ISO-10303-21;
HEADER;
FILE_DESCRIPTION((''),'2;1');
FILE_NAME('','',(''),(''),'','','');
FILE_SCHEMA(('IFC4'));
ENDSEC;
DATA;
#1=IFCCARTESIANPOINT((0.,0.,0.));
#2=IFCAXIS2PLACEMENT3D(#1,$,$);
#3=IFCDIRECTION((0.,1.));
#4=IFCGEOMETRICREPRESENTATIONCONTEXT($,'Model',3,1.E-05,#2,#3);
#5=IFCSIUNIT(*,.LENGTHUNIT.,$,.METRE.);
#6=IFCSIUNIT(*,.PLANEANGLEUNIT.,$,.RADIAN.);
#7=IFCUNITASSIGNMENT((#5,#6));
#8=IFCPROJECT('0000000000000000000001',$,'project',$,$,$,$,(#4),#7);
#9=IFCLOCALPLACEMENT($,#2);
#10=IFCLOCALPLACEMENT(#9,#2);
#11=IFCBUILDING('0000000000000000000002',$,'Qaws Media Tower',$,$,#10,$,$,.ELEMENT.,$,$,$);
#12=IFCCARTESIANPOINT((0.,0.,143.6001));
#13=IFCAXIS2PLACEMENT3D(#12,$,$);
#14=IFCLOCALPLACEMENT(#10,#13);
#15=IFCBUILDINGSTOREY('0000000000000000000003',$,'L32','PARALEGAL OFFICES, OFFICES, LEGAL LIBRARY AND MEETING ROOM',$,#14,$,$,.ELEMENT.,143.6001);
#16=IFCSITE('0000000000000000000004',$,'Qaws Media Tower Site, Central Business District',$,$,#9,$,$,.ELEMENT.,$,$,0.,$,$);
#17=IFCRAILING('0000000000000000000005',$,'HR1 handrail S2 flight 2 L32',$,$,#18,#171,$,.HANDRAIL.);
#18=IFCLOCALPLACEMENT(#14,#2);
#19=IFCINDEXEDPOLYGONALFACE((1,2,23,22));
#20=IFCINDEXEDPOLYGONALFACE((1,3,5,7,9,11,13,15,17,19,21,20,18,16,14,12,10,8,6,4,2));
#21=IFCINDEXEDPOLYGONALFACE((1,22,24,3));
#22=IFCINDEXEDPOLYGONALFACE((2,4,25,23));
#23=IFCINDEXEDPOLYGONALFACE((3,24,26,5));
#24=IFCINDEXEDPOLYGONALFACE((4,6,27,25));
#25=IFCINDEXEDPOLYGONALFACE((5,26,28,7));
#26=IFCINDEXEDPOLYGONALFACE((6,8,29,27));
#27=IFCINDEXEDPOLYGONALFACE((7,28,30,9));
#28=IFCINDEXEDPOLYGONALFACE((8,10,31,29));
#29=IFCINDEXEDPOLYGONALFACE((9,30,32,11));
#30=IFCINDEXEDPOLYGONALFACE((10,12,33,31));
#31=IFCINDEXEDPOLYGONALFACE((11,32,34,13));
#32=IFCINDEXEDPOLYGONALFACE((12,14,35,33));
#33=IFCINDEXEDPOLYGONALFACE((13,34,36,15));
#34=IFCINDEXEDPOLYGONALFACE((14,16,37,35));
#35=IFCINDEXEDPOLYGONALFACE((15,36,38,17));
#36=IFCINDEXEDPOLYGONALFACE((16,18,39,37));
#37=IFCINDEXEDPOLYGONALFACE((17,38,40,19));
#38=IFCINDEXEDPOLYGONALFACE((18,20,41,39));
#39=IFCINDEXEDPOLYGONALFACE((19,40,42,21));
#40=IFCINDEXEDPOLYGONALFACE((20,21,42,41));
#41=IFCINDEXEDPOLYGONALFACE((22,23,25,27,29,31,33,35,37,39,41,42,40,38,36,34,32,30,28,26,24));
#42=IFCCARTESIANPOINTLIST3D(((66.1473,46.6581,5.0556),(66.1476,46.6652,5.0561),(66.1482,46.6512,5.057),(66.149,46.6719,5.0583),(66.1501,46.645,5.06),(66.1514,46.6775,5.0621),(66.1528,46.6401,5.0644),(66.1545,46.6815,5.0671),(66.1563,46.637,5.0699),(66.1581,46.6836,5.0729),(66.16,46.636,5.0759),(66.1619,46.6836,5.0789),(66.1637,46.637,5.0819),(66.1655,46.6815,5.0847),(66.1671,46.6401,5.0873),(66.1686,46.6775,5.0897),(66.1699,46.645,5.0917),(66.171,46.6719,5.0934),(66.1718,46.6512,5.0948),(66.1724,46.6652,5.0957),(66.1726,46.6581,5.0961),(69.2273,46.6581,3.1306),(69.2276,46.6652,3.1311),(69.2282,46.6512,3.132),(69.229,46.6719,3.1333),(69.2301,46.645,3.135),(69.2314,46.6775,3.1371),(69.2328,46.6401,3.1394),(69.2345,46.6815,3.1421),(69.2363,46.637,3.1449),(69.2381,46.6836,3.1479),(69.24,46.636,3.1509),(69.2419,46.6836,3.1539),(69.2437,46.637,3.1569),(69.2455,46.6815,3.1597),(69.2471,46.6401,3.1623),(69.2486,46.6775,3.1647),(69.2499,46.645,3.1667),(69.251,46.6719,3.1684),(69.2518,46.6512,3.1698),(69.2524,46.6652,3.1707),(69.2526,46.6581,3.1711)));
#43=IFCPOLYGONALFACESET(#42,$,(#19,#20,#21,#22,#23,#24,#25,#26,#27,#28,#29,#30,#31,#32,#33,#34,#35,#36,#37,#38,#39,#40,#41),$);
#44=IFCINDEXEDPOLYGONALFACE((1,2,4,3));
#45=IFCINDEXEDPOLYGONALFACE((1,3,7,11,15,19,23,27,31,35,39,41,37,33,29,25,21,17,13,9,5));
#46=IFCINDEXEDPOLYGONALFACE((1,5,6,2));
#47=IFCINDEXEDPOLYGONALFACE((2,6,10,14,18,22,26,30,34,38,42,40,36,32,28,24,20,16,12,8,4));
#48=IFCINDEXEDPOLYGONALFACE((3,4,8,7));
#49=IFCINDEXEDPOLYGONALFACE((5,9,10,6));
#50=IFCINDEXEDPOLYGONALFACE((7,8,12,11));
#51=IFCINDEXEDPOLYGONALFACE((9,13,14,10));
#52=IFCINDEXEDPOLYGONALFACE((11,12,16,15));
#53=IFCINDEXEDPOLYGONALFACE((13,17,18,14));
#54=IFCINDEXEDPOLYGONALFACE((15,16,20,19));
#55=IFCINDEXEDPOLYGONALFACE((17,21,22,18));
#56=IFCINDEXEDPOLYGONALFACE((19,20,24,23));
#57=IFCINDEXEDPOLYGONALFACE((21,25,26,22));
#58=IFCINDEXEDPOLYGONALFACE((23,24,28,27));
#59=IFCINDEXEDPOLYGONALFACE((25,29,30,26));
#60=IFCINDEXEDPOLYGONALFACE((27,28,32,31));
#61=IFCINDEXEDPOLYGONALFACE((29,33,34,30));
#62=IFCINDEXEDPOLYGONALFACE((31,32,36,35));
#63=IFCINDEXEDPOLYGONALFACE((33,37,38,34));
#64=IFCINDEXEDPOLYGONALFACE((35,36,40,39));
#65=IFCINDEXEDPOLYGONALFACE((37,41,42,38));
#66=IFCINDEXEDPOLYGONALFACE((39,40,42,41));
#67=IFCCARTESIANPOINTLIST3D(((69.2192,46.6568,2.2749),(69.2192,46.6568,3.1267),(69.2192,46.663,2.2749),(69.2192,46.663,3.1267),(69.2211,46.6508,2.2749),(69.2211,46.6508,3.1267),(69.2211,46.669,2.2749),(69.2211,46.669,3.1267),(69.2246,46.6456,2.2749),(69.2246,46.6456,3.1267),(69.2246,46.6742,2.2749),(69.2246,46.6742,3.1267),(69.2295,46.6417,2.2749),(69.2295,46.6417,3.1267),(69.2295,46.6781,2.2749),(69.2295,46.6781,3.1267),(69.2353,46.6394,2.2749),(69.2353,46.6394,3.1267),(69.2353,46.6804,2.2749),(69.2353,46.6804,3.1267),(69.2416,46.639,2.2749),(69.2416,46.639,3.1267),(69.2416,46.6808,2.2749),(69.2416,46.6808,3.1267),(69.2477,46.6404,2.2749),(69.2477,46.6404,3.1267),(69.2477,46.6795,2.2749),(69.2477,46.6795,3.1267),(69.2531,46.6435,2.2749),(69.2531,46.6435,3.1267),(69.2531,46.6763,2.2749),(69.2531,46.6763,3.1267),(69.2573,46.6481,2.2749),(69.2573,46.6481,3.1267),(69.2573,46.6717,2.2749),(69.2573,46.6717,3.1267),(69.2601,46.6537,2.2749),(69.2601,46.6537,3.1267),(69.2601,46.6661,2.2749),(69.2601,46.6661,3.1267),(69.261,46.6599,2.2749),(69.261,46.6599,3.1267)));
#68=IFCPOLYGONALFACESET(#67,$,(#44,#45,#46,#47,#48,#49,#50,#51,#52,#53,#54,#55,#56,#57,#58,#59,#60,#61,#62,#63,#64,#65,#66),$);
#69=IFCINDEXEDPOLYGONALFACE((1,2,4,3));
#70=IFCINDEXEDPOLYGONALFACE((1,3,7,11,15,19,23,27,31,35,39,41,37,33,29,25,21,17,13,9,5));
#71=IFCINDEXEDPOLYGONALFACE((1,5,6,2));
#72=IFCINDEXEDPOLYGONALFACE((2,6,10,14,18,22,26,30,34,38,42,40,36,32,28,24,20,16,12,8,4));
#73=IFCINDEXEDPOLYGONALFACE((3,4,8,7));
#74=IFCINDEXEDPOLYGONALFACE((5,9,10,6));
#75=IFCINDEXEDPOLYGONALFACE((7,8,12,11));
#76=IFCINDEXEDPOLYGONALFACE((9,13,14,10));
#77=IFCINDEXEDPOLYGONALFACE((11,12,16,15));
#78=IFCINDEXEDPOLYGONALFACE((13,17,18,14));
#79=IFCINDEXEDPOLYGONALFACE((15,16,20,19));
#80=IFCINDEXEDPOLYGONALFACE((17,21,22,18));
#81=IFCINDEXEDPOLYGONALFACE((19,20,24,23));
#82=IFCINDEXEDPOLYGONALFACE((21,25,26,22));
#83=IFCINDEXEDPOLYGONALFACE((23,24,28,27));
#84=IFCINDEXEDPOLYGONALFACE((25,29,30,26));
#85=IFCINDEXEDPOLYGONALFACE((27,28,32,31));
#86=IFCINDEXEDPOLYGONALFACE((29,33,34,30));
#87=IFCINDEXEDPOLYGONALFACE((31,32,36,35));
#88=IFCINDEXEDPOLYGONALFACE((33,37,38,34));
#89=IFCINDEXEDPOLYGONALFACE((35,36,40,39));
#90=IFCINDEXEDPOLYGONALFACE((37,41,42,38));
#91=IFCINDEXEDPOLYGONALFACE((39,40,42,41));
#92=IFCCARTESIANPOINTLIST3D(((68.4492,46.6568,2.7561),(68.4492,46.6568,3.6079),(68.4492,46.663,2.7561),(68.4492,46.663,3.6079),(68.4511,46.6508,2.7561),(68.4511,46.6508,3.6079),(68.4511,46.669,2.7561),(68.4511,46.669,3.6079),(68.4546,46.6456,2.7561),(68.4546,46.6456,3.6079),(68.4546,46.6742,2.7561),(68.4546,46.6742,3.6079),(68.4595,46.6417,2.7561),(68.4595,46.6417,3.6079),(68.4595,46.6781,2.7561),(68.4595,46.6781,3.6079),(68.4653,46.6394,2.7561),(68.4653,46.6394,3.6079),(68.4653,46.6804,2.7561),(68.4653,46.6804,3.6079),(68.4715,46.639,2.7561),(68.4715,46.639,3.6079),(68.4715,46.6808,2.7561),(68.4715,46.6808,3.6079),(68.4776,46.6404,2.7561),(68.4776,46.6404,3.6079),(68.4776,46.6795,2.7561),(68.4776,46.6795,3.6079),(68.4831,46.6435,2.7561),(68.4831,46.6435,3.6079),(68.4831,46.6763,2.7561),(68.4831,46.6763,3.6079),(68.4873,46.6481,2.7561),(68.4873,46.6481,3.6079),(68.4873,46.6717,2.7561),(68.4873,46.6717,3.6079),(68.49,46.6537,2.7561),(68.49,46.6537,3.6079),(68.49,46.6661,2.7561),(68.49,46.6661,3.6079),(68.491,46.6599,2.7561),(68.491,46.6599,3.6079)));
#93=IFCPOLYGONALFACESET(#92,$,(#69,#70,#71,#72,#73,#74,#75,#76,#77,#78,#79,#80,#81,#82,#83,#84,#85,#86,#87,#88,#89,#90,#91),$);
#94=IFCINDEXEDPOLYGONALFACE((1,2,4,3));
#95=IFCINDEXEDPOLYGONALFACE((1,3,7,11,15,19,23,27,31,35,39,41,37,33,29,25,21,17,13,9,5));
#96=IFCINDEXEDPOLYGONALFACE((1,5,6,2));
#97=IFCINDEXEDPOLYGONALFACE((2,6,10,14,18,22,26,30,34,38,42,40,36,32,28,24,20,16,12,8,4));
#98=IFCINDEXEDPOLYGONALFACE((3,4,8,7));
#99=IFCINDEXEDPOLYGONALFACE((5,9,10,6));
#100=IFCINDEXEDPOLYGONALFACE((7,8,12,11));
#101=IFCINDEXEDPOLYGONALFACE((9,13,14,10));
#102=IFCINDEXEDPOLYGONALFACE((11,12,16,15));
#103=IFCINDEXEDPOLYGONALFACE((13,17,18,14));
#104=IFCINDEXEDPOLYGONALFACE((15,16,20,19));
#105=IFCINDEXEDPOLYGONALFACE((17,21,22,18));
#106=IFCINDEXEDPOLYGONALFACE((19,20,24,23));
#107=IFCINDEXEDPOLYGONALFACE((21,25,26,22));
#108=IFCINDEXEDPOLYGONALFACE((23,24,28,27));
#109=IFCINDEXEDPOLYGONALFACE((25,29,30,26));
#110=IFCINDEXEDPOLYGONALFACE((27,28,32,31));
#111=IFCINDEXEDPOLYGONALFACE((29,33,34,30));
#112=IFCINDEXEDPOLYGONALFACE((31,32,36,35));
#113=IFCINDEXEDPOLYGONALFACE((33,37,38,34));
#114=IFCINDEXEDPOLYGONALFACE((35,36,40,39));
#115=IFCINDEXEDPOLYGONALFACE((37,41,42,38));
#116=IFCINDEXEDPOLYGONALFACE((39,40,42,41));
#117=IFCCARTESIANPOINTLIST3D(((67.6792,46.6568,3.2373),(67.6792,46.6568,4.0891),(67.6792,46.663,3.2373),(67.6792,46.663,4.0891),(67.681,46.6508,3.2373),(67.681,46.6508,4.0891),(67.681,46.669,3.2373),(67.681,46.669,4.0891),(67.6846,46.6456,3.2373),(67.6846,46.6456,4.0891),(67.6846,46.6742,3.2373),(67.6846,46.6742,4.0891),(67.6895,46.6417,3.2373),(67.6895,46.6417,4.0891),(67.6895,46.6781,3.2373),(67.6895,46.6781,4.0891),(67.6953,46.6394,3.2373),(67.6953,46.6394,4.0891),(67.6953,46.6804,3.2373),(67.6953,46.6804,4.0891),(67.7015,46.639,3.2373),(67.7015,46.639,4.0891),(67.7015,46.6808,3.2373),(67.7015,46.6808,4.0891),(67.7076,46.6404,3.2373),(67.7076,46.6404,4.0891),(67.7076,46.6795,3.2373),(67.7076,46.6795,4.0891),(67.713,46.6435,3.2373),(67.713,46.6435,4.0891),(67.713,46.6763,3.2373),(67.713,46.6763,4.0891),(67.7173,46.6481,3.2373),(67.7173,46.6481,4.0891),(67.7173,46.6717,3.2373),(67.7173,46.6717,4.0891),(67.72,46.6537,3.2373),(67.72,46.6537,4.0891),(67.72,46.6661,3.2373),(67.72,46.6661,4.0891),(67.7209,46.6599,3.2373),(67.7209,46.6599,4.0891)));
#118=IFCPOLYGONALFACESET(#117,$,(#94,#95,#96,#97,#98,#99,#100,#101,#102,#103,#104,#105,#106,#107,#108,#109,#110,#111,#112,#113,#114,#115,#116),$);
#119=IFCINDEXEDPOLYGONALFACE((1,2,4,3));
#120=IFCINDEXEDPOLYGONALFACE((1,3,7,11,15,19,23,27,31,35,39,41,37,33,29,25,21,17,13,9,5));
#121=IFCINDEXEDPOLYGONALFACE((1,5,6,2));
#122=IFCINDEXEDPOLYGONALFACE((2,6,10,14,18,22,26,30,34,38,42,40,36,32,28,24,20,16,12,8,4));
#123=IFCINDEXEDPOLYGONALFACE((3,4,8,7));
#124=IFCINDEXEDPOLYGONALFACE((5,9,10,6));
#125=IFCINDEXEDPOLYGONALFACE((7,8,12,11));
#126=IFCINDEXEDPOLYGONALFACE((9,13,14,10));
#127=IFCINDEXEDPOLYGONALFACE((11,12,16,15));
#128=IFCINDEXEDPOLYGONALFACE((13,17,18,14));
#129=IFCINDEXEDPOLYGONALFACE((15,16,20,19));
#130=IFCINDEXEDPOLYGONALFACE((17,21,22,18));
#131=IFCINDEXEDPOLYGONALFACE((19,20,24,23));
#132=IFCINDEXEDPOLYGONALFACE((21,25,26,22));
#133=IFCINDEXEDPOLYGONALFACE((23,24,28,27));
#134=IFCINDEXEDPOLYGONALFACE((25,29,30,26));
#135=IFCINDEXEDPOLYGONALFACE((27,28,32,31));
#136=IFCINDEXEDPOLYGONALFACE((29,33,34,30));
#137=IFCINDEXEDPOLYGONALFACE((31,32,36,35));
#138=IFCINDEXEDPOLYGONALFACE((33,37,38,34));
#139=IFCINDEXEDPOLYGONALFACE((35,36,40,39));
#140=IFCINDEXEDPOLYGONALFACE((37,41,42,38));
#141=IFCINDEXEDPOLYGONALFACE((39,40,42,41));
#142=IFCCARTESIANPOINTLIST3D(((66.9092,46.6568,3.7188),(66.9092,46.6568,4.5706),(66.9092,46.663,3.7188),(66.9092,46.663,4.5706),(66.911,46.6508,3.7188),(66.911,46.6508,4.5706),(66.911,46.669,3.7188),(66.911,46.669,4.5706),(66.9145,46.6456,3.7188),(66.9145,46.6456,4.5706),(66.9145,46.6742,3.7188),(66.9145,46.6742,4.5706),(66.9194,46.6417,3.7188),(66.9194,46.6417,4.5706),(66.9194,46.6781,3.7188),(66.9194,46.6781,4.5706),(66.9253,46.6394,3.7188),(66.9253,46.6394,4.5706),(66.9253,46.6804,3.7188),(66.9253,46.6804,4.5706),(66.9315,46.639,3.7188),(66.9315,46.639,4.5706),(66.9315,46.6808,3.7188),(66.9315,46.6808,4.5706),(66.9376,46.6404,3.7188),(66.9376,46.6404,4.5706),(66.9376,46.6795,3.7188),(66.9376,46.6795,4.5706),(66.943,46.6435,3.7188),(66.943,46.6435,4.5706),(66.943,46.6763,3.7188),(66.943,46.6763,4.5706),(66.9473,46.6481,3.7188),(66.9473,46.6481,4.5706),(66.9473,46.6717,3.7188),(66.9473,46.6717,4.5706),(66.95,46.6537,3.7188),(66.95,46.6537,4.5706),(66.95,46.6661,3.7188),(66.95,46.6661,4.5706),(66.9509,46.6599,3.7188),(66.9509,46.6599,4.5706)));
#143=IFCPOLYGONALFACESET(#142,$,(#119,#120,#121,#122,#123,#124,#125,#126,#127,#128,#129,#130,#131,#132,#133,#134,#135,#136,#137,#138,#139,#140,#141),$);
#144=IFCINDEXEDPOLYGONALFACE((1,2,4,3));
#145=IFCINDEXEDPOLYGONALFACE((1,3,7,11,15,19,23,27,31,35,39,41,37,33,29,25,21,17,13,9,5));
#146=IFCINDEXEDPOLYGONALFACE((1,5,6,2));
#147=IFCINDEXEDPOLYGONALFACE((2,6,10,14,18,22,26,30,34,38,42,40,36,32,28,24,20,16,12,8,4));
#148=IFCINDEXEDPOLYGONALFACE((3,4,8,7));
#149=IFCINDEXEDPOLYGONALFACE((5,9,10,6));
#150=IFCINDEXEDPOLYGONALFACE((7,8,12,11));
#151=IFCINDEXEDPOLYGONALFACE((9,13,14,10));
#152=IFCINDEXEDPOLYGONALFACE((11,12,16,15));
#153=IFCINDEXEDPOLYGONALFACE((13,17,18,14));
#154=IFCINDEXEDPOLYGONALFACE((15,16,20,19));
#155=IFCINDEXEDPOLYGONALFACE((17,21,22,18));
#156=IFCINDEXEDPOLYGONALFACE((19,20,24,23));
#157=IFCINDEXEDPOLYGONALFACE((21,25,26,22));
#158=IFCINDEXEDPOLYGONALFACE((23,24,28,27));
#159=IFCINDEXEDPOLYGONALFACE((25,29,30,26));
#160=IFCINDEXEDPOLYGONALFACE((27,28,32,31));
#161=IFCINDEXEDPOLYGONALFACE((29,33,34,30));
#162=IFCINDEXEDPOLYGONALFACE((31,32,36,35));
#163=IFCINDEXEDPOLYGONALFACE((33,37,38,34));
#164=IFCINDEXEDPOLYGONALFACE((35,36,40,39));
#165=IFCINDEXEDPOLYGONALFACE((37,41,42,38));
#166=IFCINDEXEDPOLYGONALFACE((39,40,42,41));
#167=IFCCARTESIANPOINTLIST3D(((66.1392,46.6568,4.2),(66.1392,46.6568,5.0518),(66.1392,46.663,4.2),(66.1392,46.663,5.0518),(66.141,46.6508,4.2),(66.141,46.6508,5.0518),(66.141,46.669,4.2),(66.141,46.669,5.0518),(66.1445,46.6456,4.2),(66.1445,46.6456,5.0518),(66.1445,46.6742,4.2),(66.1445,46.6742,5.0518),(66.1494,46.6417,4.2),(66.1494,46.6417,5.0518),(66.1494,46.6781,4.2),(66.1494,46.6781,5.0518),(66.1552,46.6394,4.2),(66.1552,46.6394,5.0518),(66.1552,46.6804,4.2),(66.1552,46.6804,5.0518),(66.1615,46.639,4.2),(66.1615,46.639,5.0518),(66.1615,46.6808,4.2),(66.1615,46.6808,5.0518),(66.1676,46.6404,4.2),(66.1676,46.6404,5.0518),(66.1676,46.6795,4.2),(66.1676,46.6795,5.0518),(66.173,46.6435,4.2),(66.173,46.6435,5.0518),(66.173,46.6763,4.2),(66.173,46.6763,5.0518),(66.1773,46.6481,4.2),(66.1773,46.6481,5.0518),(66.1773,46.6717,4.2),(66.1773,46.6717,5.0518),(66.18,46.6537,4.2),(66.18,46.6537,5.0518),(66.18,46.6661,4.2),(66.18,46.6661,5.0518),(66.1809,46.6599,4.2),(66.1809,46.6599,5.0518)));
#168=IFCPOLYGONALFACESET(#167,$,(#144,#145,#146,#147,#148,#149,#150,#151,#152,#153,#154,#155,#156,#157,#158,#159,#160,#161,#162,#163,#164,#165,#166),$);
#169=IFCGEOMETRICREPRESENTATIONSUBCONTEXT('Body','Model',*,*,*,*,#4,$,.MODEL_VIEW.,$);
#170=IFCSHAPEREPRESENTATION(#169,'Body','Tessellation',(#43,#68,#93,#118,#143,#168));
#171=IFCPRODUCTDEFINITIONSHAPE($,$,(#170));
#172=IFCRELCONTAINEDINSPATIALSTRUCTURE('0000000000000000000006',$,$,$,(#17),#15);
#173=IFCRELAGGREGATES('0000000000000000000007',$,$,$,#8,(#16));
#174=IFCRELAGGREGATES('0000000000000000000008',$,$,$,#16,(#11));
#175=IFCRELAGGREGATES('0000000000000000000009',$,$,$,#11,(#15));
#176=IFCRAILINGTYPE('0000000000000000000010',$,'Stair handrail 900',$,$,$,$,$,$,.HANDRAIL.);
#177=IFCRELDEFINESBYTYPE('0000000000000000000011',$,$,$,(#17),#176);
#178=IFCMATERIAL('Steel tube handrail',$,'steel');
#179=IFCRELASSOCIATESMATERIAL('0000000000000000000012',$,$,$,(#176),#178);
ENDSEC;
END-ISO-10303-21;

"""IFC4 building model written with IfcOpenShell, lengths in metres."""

from ifc_helpers import new_model, si_unit, direction, frame, origin, origin_2d, place, context, subcontext, project, spatial, circle, extrude, material, type_object, element, save


model = new_model("IFC4")

# Units and contexts
model_context = context("Model", 3, precision=1e-05, world=origin(), true_north=direction((0.0, 1.0)))
body_context = subcontext(model_context, "Body", "Model", "MODEL_VIEW")
ifc_project = project(units=[si_unit("LENGTHUNIT", "METRE"), si_unit("PLANEANGLEUNIT", "RADIAN")], contexts=[model_context])

# Site, building, storey
site_placement = place(None, origin())
site = spatial("IfcSite", under=ifc_project, at=site_placement, Name="Qaws Media Tower Site, Central Business District", CompositionType="ELEMENT", RefElevation=0.0)
building_placement = place(site_placement, origin())
building = spatial("IfcBuilding", under=site, at=building_placement, Name="Qaws Media Tower", CompositionType="ELEMENT")
storey_placement = place(building_placement, frame((0.0, 0.0, 143.6001)))
storey = spatial("IfcBuildingStorey", under=building, at=storey_placement, Name="L32", Description="PARALEGAL OFFICES, OFFICES, LEGAL LIBRARY AND MEETING ROOM", CompositionType="ELEMENT", Elevation=143.6001)

# Railing
ifc_material_1 = material(Name="Steel tube handrail", Category="steel")
railing_type = type_object("IfcRailingType", Name="Stair handrail 900", PredefinedType="HANDRAIL", material=ifc_material_1)
for number, where, name in (
    (1, (69.24, 46.6599, 2.2749), "HR1 handrail S2 flight 2 L32"),
):
    element("IfcRailing", number, at=place(storey_placement, frame(where)), inside=storey, type_object=railing_type, Name=name, PredefinedType="HANDRAIL", context=body_context, shape_type="SweptSolid", body=[
        extrude(circle(Radius=0.0239, at=origin_2d()), frame((0.0, 0.0, 0.876), z_axis=(-0.847998, 0.0, 0.529999), x_axis=(0.0, -1.0, 0.0)), (0.0, 0.0, 1.0), 3.6321),
        extrude(circle(Radius=0.021, at=origin_2d()), origin(), (0.0, 0.0, 1.0), 0.8518),
        extrude(circle(Radius=0.021, at=origin_2d()), frame((-0.77, 0.0, 0.4812)), (0.0, 0.0, 1.0), 0.8518),
        extrude(circle(Radius=0.021, at=origin_2d()), frame((-1.54, 0.0, 0.9624)), (0.0, 0.0, 1.0), 0.8518),
        extrude(circle(Radius=0.021, at=origin_2d()), frame((-2.3101, 0.0, 1.4438)), (0.0, 0.0, 1.0), 0.8518),
        extrude(circle(Radius=0.021, at=origin_2d()), frame((-3.0801, 0.0, 1.925)), (0.0, 0.0, 1.0), 0.8518),
    ])

save(model, "model.ifc")
